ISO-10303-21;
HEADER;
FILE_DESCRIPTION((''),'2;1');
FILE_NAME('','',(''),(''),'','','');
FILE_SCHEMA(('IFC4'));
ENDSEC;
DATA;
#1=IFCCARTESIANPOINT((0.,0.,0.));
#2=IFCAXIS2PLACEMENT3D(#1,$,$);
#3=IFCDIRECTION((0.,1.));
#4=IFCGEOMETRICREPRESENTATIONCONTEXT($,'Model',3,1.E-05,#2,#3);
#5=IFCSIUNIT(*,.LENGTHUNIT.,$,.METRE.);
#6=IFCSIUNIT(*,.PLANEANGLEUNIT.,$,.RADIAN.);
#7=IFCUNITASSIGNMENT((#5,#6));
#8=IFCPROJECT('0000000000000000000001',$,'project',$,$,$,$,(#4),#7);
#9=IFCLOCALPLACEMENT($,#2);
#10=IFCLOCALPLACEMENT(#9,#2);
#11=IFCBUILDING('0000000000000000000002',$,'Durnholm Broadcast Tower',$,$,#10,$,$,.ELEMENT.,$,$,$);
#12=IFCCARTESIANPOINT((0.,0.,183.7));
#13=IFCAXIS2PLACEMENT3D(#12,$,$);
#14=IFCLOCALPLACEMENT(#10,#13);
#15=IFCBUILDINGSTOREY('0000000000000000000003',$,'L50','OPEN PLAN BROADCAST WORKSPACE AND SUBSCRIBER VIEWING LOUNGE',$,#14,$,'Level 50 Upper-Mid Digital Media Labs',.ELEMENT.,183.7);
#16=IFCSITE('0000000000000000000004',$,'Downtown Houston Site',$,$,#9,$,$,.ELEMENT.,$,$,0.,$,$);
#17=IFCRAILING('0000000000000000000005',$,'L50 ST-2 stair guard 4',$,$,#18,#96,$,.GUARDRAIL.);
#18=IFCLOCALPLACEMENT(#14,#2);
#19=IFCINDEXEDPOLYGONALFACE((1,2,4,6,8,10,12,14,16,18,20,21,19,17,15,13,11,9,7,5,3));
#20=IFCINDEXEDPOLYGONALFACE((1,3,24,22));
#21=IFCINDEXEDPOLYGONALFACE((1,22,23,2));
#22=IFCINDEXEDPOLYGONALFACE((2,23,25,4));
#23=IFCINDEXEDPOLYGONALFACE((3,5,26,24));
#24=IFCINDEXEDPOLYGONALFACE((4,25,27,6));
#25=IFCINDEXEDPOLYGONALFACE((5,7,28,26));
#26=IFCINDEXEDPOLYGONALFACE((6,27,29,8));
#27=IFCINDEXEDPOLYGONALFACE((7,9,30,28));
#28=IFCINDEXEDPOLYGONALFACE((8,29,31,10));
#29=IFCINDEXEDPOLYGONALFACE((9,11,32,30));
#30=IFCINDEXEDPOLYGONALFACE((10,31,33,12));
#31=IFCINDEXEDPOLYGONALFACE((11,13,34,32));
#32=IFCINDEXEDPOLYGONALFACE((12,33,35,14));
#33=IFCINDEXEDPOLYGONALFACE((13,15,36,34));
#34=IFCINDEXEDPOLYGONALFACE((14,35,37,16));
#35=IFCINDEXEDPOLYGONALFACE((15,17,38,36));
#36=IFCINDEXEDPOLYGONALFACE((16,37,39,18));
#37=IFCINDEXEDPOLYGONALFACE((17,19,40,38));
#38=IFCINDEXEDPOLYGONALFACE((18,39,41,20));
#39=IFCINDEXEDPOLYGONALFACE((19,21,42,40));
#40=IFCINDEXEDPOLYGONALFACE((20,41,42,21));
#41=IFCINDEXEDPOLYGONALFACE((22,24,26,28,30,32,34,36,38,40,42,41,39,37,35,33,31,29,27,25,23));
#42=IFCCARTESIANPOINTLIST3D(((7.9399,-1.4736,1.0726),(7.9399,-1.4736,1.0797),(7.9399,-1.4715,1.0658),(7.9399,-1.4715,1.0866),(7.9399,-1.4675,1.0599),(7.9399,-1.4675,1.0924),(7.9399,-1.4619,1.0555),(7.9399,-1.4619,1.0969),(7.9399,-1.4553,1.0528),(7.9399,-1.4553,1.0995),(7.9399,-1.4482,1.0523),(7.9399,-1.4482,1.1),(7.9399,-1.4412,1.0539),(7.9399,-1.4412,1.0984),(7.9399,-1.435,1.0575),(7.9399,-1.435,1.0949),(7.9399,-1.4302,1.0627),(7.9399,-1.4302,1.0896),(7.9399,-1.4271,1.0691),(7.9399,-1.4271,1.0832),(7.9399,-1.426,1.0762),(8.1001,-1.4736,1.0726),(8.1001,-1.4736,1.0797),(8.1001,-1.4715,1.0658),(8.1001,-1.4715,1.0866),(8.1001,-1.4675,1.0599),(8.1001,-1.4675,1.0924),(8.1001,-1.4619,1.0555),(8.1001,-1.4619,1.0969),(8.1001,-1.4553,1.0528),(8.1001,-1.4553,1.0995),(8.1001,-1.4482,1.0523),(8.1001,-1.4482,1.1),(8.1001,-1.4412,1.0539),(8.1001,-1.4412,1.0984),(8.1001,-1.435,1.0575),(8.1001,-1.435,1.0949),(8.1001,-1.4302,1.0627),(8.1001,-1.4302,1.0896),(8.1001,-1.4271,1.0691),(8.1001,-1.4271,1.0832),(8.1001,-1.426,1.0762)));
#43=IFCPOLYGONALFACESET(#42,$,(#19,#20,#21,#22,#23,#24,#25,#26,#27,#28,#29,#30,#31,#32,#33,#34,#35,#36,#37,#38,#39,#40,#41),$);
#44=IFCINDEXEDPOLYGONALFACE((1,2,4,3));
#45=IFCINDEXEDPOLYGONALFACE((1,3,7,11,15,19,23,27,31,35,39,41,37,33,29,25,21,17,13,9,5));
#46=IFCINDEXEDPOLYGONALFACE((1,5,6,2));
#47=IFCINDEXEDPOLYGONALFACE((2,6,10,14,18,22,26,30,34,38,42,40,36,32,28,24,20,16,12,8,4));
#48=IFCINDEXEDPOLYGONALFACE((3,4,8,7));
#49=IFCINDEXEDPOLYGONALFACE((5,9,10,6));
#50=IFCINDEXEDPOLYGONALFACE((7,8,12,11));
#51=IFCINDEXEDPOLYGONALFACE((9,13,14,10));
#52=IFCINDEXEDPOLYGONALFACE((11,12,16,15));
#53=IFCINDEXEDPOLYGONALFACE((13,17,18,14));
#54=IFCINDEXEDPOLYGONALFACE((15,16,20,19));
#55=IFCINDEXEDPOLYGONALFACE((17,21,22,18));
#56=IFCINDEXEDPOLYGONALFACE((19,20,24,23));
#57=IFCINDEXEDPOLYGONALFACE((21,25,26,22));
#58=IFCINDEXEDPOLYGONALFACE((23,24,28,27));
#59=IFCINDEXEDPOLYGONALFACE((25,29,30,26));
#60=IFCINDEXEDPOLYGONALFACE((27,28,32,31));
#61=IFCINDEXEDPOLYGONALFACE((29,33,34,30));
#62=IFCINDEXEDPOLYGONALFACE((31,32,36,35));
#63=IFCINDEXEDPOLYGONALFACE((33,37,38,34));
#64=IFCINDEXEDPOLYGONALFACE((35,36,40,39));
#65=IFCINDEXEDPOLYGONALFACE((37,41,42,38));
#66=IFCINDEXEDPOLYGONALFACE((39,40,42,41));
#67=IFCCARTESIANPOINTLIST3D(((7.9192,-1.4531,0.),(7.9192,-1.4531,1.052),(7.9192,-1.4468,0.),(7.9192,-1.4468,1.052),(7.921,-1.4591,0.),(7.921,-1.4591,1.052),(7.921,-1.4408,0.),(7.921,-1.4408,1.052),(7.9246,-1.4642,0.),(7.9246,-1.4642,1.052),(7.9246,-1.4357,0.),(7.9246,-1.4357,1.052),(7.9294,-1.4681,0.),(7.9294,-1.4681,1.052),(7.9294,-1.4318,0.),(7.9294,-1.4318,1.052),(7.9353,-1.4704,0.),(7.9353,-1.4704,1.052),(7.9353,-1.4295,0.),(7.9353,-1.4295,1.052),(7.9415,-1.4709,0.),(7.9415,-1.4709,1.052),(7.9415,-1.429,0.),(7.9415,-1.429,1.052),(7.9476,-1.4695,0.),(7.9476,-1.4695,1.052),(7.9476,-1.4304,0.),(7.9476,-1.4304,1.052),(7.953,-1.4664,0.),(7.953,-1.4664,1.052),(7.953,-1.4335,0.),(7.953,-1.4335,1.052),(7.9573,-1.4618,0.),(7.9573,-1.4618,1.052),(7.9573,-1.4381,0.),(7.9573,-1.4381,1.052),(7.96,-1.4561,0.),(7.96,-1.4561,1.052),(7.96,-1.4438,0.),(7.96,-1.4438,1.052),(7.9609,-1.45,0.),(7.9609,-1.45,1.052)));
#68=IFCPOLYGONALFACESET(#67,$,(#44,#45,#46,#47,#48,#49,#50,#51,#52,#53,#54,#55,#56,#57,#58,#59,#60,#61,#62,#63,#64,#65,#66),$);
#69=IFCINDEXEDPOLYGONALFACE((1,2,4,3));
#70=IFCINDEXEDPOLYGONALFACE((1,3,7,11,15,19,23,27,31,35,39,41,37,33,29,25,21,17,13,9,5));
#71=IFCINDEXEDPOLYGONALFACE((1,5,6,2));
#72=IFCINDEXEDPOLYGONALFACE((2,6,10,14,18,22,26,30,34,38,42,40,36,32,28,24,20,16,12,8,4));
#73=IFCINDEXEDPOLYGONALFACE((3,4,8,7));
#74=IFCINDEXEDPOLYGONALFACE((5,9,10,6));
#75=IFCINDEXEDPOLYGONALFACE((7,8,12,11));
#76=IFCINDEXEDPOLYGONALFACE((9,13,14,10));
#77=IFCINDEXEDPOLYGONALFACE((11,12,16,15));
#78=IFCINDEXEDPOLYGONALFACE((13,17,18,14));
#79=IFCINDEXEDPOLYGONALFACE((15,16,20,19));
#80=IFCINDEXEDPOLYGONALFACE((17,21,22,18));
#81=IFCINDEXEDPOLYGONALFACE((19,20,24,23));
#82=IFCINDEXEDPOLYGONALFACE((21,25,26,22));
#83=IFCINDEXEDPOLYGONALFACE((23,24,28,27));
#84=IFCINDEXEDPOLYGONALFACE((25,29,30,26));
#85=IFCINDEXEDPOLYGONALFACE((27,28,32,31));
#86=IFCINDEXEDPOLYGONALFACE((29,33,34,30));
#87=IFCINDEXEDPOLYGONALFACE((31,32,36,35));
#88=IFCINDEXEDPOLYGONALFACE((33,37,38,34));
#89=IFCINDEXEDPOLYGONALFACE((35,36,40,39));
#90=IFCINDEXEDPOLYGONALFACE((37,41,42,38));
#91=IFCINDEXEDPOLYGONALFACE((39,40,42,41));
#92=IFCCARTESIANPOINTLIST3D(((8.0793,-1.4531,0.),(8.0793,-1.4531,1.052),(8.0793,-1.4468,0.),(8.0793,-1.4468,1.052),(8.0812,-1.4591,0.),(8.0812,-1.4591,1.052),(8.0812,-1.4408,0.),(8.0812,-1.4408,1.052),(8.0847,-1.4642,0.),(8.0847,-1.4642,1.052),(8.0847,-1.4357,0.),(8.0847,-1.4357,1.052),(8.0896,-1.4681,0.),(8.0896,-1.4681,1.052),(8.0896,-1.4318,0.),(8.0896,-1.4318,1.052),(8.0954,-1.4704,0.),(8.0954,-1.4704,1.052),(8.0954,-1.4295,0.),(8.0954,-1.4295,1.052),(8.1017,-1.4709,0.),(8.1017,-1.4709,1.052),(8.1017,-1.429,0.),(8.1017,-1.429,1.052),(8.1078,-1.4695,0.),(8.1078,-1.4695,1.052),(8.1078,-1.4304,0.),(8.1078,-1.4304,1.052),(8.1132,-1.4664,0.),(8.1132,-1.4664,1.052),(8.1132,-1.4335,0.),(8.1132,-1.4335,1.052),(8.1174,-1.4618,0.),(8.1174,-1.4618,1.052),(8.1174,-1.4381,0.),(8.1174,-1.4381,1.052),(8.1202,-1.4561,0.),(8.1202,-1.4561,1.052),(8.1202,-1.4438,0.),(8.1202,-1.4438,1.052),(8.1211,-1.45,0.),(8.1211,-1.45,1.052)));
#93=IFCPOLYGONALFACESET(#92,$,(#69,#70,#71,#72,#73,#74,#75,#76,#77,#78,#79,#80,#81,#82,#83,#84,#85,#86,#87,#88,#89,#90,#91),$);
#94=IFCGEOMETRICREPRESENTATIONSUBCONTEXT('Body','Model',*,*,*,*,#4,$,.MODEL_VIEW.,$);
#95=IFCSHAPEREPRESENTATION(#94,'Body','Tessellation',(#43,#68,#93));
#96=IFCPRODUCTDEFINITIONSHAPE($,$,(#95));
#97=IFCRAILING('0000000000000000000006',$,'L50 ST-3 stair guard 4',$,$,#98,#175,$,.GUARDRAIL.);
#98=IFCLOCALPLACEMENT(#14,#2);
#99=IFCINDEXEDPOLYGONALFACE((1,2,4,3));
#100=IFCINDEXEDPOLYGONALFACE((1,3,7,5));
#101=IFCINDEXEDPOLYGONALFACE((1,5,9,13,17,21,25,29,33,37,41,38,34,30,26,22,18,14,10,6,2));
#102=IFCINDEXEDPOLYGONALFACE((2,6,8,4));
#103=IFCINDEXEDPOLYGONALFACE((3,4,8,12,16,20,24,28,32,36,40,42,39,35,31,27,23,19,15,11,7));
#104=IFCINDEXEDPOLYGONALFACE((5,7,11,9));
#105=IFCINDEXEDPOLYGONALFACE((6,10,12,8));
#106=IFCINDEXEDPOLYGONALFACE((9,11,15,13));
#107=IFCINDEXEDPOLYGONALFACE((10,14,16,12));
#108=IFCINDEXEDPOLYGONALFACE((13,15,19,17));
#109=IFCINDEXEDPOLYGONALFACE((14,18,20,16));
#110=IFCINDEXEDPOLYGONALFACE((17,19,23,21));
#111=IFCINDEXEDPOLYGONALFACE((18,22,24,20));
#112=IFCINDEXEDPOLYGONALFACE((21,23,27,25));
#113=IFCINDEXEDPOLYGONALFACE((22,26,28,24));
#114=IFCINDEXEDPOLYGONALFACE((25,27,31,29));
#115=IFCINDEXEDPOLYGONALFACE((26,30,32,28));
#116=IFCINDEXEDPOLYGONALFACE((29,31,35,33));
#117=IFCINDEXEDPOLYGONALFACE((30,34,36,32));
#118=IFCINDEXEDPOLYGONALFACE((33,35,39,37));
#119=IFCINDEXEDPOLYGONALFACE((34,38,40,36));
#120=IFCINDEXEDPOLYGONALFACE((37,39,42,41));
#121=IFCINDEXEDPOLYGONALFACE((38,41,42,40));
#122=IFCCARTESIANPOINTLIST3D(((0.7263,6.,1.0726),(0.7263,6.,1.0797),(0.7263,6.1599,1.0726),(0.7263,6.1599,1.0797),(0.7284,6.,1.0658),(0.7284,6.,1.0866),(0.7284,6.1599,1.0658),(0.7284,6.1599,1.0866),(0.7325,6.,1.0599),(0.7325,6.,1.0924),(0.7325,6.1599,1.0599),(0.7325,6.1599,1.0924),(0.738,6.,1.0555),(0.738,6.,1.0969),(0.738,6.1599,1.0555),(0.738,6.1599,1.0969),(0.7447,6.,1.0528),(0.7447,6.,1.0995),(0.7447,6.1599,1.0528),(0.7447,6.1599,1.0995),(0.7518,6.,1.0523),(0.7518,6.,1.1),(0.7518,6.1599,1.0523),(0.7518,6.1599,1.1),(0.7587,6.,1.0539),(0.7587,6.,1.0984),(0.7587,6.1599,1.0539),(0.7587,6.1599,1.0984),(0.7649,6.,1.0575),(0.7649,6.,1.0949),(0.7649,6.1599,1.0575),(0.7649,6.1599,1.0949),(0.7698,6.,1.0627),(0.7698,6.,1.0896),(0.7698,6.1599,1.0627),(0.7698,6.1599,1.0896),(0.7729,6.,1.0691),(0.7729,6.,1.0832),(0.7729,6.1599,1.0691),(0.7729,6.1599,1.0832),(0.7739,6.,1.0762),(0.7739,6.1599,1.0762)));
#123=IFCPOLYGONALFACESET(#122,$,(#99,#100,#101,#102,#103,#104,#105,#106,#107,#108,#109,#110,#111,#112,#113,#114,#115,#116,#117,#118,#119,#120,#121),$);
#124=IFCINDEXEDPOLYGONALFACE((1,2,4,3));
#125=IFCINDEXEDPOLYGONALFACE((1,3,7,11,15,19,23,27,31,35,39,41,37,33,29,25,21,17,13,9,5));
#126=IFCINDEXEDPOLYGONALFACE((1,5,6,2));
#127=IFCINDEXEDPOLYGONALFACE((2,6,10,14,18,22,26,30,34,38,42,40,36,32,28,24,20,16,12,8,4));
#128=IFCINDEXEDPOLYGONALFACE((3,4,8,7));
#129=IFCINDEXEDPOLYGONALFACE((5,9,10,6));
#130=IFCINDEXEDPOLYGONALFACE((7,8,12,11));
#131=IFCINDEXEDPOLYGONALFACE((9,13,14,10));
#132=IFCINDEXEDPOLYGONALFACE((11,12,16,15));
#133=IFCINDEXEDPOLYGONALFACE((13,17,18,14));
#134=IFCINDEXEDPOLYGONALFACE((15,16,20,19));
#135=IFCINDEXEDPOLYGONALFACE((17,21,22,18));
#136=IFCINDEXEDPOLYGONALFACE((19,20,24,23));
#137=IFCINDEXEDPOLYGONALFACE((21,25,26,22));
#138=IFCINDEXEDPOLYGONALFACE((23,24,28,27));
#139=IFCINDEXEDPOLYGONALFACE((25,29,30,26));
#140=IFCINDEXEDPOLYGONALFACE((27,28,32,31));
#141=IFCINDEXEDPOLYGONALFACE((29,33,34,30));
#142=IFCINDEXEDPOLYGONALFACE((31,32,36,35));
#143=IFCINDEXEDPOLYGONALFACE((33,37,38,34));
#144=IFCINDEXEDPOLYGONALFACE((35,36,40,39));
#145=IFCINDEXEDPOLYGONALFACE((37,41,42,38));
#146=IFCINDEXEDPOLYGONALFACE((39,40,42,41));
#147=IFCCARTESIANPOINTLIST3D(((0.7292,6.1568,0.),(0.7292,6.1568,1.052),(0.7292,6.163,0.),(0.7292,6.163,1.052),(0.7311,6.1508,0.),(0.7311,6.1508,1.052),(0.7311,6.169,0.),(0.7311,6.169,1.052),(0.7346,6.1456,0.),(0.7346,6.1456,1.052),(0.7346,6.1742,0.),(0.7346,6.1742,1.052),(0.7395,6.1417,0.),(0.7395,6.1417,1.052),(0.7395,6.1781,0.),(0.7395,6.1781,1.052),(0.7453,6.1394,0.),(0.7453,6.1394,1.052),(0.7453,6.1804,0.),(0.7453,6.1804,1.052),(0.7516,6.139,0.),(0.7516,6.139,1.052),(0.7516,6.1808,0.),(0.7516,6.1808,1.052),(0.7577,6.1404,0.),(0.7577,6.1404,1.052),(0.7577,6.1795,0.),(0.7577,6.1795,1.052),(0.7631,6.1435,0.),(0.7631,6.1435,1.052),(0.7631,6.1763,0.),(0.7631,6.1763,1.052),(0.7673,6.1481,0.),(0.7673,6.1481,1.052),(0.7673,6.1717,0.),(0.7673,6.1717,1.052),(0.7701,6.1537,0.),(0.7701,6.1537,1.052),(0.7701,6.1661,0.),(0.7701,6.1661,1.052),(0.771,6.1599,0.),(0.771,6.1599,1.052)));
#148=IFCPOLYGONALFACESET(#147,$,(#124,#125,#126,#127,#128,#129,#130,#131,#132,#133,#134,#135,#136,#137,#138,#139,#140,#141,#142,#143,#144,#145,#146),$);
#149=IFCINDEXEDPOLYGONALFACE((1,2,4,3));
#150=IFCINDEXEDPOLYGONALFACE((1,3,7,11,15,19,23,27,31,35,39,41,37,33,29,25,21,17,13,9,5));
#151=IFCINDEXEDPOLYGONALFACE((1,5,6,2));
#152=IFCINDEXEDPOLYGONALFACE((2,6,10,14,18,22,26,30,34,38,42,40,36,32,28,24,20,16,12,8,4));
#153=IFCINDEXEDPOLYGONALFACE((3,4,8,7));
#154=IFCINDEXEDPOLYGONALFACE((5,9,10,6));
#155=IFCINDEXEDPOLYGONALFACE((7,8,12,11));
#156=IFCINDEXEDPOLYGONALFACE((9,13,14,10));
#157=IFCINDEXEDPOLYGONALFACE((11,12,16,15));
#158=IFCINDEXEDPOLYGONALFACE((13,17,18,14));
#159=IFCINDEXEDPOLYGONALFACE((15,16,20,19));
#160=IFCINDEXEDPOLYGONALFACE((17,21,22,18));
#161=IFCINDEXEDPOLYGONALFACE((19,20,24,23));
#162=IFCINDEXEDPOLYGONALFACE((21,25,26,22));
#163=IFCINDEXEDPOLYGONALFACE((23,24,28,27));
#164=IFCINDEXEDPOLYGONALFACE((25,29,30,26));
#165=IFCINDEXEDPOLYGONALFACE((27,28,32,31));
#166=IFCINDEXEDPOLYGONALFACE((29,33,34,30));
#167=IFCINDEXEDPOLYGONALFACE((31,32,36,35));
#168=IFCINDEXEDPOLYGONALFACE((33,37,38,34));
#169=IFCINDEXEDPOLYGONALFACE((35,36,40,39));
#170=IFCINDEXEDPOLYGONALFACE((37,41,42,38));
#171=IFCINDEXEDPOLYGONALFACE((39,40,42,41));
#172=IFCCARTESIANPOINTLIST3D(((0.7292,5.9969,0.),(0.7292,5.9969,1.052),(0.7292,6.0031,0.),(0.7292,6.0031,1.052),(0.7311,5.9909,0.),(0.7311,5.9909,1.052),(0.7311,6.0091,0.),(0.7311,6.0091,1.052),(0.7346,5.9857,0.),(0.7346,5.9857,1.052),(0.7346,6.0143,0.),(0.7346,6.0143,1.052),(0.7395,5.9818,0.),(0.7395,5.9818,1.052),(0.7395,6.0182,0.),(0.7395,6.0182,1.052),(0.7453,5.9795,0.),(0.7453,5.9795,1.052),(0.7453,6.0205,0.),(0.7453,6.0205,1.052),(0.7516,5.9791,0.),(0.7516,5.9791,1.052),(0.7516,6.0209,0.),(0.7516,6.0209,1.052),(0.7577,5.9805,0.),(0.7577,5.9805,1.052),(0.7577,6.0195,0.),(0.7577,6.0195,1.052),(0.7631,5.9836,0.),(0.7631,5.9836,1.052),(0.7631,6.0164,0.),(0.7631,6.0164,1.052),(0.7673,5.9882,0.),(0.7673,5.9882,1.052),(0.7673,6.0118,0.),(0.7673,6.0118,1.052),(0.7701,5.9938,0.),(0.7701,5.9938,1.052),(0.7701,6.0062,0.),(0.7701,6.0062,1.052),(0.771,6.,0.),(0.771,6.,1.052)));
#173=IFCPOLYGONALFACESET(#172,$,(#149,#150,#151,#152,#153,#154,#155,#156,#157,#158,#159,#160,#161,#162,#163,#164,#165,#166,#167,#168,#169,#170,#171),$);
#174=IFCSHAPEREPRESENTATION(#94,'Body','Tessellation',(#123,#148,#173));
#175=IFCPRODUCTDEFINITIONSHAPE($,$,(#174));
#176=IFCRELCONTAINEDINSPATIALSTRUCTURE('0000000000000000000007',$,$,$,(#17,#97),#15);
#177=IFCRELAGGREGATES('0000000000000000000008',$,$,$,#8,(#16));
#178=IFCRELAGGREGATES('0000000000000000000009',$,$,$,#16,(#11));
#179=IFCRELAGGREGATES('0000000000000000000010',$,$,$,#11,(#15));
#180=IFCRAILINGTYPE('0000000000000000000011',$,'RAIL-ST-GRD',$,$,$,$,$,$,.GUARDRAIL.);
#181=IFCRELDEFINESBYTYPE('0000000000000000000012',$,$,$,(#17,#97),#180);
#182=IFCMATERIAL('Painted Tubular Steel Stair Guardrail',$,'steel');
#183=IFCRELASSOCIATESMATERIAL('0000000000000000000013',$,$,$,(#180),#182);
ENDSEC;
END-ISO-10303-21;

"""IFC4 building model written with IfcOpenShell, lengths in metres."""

from ifc_helpers import new_model, si_unit, direction, frame, origin, origin_2d, place, context, subcontext, project, spatial, circle, extrude, material, type_object, element, save


model = new_model("IFC4")

# Units and contexts
model_context = context("Model", 3, precision=1e-05, world=origin(), true_north=direction((0.0, 1.0)))
body_context = subcontext(model_context, "Body", "Model", "MODEL_VIEW")
ifc_project = project(units=[si_unit("LENGTHUNIT", "METRE"), si_unit("PLANEANGLEUNIT", "RADIAN")], contexts=[model_context])

# Site, building, storey
site_placement = place(None, origin())
site = spatial("IfcSite", under=ifc_project, at=site_placement, Name="Downtown Houston Site", CompositionType="ELEMENT", RefElevation=0.0)
building_placement = place(site_placement, origin())
building = spatial("IfcBuilding", under=site, at=building_placement, Name="Durnholm Broadcast Tower", CompositionType="ELEMENT")
storey_placement = place(building_placement, frame((0.0, 0.0, 183.7)))
storey = spatial("IfcBuildingStorey", under=building, at=storey_placement, Name="L50", Description="OPEN PLAN BROADCAST WORKSPACE AND SUBSCRIBER VIEWING LOUNGE", LongName="Level 50 Upper-Mid Digital Media Labs", CompositionType="ELEMENT", Elevation=183.7)

# Railings
ifc_material_1 = material(Name="Painted Tubular Steel Stair Guardrail", Category="steel")
railing_type = type_object("IfcRailingType", Name="RAIL-ST-GRD", PredefinedType="GUARDRAIL", material=ifc_material_1)
railing_1_placement = place(storey_placement, frame((7.9399, -1.45, 0.0)))
element("IfcRailing", 1, at=railing_1_placement, inside=storey, type_object=railing_type, Name="L50 ST-2 stair guard 4", PredefinedType="GUARDRAIL", context=body_context, shape_type="SweptSolid", body=[
    extrude(circle(Radius=0.0239, at=origin_2d()), frame((0.0, 0.0, 1.0762), z_axis=(1.0, 0.0, 0.0), x_axis=(0.0, 1.0, 0.0)), (0.0, 0.0, 1.0), 0.1602),
    extrude(circle(Radius=0.021, at=origin_2d()), origin(), (0.0, 0.0, 1.0), 1.052),
    extrude(circle(Radius=0.021, at=origin_2d()), frame((0.1602, 0.0, 0.0)), (0.0, 0.0, 1.0), 1.052),
])
railing_2_placement = place(storey_placement, frame((0.75, 6.1599, 0.0)))
element("IfcRailing", 2, at=railing_2_placement, inside=storey, type_object=railing_type, Name="L50 ST-3 stair guard 4", PredefinedType="GUARDRAIL", context=body_context, shape_type="SweptSolid", body=[
    extrude(circle(Radius=0.0239, at=origin_2d()), frame((0.0, 0.0, 1.0762), z_axis=(0.0, -1.0, 0.0), x_axis=(1.0, 0.0, 0.0)), (0.0, 0.0, 1.0), 0.1599),
    extrude(circle(Radius=0.021, at=origin_2d()), origin(), (0.0, 0.0, 1.0), 1.052),
    extrude(circle(Radius=0.021, at=origin_2d()), frame((0.0, -0.1599, 0.0)), (0.0, 0.0, 1.0), 1.052),
])

save(model, "model.ifc")
